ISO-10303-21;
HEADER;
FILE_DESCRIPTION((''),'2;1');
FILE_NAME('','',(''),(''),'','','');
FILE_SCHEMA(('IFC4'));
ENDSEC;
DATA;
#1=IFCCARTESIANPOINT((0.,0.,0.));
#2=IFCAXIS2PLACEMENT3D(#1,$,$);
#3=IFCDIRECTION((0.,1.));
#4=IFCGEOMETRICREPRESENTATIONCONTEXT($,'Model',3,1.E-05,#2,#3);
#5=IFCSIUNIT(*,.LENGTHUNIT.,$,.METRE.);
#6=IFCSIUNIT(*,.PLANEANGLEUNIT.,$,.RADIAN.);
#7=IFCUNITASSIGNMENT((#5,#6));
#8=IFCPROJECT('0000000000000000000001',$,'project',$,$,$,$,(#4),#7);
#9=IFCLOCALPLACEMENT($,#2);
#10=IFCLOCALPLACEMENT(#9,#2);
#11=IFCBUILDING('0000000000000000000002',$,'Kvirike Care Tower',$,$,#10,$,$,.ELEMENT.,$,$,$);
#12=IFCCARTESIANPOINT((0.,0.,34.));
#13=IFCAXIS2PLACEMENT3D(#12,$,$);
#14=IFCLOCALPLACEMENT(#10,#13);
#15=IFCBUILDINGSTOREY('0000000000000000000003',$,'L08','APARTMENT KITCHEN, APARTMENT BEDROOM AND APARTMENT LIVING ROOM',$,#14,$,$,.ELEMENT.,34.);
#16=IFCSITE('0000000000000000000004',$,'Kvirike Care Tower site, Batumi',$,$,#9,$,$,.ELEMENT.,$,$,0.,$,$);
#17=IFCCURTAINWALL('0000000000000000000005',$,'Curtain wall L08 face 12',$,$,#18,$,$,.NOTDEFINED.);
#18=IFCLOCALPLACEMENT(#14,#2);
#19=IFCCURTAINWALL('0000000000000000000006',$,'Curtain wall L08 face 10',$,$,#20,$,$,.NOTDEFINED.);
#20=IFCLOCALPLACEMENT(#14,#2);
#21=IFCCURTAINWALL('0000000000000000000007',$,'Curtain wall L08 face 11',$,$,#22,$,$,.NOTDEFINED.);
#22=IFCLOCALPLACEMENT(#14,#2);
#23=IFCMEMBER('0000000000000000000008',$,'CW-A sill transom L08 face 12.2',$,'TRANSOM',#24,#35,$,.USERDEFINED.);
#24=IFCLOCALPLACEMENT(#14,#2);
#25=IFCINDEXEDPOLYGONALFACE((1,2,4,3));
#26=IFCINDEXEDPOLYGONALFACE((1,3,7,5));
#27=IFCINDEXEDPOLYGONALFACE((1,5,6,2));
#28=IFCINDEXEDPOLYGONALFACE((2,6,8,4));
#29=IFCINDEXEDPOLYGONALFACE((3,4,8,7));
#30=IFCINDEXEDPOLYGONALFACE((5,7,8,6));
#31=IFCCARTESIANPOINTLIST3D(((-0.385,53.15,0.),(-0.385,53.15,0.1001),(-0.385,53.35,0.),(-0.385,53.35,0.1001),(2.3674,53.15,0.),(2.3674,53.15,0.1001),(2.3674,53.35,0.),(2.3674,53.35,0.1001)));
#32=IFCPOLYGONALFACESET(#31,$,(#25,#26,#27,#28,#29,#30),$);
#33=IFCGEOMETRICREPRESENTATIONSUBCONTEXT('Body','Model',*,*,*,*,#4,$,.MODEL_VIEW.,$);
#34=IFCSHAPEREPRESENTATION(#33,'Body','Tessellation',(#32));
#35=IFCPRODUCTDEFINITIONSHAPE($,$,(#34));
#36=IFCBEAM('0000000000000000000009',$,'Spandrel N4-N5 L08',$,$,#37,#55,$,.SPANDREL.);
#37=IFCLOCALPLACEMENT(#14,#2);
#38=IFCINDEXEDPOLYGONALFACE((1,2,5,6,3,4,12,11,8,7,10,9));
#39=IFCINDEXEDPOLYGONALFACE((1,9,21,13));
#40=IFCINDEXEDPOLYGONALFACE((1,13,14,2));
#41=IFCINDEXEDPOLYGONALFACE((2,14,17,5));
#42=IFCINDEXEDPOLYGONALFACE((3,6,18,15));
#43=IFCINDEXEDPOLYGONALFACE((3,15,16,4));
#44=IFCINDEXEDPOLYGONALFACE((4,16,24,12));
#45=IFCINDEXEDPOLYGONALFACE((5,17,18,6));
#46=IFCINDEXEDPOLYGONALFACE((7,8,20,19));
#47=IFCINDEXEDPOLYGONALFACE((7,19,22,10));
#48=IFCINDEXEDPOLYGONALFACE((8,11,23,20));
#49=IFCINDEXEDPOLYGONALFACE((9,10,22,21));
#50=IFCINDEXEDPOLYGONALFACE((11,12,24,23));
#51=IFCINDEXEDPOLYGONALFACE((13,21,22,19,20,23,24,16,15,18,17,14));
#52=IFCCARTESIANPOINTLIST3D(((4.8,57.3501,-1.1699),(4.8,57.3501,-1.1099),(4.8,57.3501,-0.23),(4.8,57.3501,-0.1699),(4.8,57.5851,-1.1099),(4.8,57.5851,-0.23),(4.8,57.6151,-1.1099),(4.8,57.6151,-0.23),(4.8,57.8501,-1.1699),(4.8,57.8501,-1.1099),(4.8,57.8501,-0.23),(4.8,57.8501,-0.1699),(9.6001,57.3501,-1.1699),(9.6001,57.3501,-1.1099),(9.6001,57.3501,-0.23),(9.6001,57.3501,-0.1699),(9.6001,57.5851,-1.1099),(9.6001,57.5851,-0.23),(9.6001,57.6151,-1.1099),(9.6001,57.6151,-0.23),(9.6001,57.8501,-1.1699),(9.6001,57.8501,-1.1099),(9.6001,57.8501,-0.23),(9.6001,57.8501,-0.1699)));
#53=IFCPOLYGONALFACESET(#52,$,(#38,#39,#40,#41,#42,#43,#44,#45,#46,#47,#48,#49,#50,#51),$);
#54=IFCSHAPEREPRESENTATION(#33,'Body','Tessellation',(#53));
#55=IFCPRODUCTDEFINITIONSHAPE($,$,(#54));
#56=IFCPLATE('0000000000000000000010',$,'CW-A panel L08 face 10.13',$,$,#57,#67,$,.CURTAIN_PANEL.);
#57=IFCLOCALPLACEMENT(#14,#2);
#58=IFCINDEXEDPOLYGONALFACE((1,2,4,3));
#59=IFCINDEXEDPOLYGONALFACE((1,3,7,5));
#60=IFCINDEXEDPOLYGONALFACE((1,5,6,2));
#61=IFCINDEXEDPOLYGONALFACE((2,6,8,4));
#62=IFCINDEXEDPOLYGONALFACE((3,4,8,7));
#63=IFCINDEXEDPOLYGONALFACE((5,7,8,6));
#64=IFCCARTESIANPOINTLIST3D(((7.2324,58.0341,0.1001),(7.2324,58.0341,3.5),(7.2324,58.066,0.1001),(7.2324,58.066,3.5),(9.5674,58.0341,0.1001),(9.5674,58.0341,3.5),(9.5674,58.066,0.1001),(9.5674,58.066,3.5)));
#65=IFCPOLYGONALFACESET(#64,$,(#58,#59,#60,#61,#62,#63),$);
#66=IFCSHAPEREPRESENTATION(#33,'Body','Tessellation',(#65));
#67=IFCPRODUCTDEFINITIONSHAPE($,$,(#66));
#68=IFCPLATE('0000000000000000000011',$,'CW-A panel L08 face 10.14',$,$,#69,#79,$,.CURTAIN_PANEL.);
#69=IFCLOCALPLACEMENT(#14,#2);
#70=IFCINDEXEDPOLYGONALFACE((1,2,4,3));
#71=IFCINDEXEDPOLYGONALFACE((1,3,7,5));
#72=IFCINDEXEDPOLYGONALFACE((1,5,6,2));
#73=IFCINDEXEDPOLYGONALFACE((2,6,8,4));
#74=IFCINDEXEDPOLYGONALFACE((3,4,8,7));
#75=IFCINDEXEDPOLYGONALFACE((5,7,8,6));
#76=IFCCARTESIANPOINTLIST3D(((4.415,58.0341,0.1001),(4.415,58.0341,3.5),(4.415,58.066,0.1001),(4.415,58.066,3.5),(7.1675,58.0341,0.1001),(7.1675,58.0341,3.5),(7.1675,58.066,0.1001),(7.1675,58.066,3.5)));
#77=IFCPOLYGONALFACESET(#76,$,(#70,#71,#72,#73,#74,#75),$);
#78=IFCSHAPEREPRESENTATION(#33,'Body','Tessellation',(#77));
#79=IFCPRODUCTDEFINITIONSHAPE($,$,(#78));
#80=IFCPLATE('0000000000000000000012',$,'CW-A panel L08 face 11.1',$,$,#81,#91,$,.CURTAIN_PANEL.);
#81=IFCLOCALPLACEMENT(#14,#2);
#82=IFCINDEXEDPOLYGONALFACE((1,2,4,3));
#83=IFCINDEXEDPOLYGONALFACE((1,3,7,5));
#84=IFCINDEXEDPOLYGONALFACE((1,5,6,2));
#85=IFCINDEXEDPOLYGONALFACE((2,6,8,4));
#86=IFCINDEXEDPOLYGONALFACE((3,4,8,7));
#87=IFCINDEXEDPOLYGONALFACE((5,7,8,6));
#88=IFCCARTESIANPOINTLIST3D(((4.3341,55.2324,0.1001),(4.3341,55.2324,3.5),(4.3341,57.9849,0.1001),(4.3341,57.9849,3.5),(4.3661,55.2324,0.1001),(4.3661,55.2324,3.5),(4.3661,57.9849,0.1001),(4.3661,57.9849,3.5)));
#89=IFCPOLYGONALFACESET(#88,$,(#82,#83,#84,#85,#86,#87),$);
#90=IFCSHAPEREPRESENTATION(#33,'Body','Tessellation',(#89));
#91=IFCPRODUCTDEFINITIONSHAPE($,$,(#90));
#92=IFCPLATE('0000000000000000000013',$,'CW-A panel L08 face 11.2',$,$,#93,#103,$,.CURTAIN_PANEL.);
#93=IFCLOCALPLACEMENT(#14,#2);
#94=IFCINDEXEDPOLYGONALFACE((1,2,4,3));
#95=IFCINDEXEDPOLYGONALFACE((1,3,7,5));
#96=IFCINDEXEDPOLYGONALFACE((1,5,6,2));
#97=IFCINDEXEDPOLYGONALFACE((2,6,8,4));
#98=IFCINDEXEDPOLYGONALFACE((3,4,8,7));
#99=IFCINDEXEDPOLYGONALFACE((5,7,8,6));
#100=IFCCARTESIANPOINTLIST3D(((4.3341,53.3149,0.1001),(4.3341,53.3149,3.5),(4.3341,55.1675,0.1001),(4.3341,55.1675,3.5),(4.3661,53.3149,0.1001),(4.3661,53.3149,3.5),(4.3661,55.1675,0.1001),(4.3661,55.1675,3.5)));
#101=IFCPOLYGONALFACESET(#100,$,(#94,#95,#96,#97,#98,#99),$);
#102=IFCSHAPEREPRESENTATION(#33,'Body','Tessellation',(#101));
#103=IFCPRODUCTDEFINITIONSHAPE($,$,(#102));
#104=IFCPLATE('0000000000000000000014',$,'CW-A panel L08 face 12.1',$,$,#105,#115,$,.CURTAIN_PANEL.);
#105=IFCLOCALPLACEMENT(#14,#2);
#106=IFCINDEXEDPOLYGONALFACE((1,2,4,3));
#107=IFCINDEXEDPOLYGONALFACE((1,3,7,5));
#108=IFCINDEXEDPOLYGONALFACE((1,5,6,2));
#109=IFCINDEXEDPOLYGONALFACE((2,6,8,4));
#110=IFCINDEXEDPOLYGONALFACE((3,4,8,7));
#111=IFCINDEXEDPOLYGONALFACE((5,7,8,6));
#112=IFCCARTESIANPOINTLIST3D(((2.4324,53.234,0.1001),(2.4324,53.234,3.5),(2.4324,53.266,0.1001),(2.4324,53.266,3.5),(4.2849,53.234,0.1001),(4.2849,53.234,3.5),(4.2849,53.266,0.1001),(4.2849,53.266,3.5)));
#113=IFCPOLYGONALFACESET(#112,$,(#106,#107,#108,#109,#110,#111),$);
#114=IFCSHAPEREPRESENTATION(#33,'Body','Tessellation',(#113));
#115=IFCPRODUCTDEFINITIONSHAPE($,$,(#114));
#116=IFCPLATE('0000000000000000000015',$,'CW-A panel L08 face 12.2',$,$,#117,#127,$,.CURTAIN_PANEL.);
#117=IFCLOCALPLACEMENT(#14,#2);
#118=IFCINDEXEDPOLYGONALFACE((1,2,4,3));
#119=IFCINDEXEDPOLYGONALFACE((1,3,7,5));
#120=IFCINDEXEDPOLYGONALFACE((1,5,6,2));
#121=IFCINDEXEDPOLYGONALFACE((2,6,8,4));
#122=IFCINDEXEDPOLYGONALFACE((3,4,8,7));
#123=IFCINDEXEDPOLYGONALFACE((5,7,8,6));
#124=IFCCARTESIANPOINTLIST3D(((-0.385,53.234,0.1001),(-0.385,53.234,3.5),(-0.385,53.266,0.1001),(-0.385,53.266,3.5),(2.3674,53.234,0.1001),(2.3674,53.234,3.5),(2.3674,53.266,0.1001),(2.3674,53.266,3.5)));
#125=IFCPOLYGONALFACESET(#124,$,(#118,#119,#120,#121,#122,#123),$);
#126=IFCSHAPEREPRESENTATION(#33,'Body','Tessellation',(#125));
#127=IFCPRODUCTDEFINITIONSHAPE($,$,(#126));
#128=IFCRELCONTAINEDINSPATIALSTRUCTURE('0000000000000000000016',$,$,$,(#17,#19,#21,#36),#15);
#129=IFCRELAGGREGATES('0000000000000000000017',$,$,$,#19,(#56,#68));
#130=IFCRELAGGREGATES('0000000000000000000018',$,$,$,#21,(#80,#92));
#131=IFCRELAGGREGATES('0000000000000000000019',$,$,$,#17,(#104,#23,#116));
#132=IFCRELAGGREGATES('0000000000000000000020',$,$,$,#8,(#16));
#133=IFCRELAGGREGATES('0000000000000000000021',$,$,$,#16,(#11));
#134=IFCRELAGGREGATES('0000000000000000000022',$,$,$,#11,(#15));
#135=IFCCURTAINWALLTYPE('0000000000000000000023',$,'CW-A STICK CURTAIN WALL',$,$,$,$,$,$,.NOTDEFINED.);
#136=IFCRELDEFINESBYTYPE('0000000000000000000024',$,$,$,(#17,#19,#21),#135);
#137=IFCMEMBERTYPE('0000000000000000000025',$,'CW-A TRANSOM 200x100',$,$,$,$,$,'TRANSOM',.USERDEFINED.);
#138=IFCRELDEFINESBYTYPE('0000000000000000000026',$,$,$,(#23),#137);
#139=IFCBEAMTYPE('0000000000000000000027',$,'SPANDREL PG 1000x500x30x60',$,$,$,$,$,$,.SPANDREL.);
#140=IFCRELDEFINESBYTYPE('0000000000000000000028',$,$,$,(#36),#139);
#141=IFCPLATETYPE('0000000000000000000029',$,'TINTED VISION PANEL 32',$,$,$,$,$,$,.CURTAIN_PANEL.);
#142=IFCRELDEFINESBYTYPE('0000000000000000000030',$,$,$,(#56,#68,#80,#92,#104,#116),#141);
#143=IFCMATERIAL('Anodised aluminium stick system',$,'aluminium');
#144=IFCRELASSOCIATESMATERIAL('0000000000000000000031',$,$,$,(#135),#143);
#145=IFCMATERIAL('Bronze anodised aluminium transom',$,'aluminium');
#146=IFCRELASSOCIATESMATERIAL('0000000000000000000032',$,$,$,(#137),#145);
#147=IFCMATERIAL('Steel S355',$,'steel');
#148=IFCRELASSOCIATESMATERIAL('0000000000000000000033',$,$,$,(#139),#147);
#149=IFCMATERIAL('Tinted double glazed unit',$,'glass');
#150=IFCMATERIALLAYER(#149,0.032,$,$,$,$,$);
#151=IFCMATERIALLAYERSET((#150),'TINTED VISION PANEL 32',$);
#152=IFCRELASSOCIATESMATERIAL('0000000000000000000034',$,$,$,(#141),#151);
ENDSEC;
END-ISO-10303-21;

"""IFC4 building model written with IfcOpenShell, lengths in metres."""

from ifc_helpers import new_model, si_unit, direction, frame, origin, origin_2d, place, context, subcontext, project, spatial, rectangle, i_section, extrude, material, layer, layer_set, material_profile, profile_set, type_object, element, aggregate, save


model = new_model("IFC4")

# Units and contexts
model_context = context("Model", 3, precision=1e-05, world=origin(), true_north=direction((0.0, 1.0)))
body_context = subcontext(model_context, "Body", "Model", "MODEL_VIEW")
ifc_project = project(units=[si_unit("LENGTHUNIT", "METRE"), si_unit("PLANEANGLEUNIT", "RADIAN")], contexts=[model_context])

# Site, building, storey
site_placement = place(None, origin())
site = spatial("IfcSite", under=ifc_project, at=site_placement, Name="Kvirike Care Tower site, Batumi", CompositionType="ELEMENT", RefElevation=0.0)
building_placement = place(site_placement, origin())
building = spatial("IfcBuilding", under=site, at=building_placement, Name="Kvirike Care Tower", CompositionType="ELEMENT")
storey_placement = place(building_placement, frame((0.0, 0.0, 34.0)))
storey = spatial("IfcBuildingStorey", under=building, at=storey_placement, Name="L08", Description="APARTMENT KITCHEN, APARTMENT BEDROOM AND APARTMENT LIVING ROOM", CompositionType="ELEMENT", Elevation=34.0)

# Curtain wall
ifc_material_1 = material(Name="Anodised aluminium stick system", Category="aluminium")
curtain_wall_type = type_object("IfcCurtainWallType", Name="CW-A STICK CURTAIN WALL", PredefinedType="NOTDEFINED", material=ifc_material_1)
curtain_wall_1_placement = place(storey_placement, origin())
curtain_wall_1 = element("IfcCurtainWall", 1, at=curtain_wall_1_placement, inside=storey, type_object=curtain_wall_type, Name="Curtain wall L08 face 12", PredefinedType="NOTDEFINED")

# Curtain walls
curtain_wall_2_placement = place(storey_placement, origin())
curtain_wall_2 = element("IfcCurtainWall", 2, at=curtain_wall_2_placement, inside=storey, type_object=curtain_wall_type, Name="Curtain wall L08 face 10", PredefinedType="NOTDEFINED")
curtain_wall_3_placement = place(storey_placement, origin())
curtain_wall_3 = element("IfcCurtainWall", 3, at=curtain_wall_3_placement, inside=storey, type_object=curtain_wall_type, Name="Curtain wall L08 face 11", PredefinedType="NOTDEFINED")

# Member
ifc_material_2 = material(Name="Bronze anodised aluminium transom", Category="aluminium")
ifc_material_profile_1 = material_profile(ifc_material_2, rectangle(XDim=0.2, YDim=0.1001, at=origin_2d()), Name="CW-A TRANSOM 200x100")
ifc_profile_set_1 = profile_set([ifc_material_profile_1], Name="Bronze anodised aluminium transom")
member_type_1 = type_object("IfcMemberType", Name="CW-A TRANSOM 200x100", ElementType="TRANSOM", PredefinedType="USERDEFINED", material=ifc_profile_set_1)
member_1_placement = place(storey_placement, frame((2.3674, 53.25, 0.05), z_axis=(-1.0, 0.0, 0.0), x_axis=(0.0, -1.0, 0.0)))
member_1 = element("IfcMember", 4, at=member_1_placement, type_object=member_type_1, Name="CW-A sill transom L08 face 12.2", ObjectType="TRANSOM", PredefinedType="USERDEFINED", context=body_context, shape_type="SweptSolid", body=[
    extrude(rectangle(XDim=0.2, YDim=0.1001, at=origin_2d()), origin(), (0.0, 0.0, 1.0), 2.7524),
])

# Beam
ifc_material_3 = material(Name="Steel S355", Category="steel")
ifc_material_profile_2 = material_profile(ifc_material_3, i_section(OverallWidth=0.5, OverallDepth=1.0, WebThickness=0.03, FlangeThickness=0.0601, at=origin_2d()), Name="PG 1000x500x30x60")
ifc_profile_set_2 = profile_set([ifc_material_profile_2], Name="Steel S355")
beam_type = type_object("IfcBeamType", Name="SPANDREL PG 1000x500x30x60", PredefinedType="SPANDREL", material=ifc_profile_set_2)
beam_placement = place(storey_placement, frame((4.8, 57.6001, -0.6699), z_axis=(1.0, 0.0, 0.0), x_axis=(0.0, 1.0, 0.0)))
element("IfcBeam", 5, at=beam_placement, inside=storey, type_object=beam_type, Name="Spandrel N4-N5 L08", PredefinedType="SPANDREL", context=body_context, shape_type="SweptSolid", body=[
    extrude(i_section(OverallWidth=0.5, OverallDepth=1.0, WebThickness=0.03, FlangeThickness=0.0601, at=origin_2d()), origin(), (0.0, 0.0, 1.0), 4.8),
])

# Plates
ifc_material_4 = material(Name="Tinted double glazed unit", Category="glass")
ifc_layer = layer(ifc_material_4, 0.032)
ifc_layer_set = layer_set([ifc_layer], Name="TINTED VISION PANEL 32")
plate_type = type_object("IfcPlateType", Name="TINTED VISION PANEL 32", PredefinedType="CURTAIN_PANEL", material=ifc_layer_set)
plate_1_placement = place(storey_placement, frame((8.3999, 58.05, 0.1001), z_axis=(0.0, 0.0, 1.0), x_axis=(-1.0, 0.0, 0.0)))
plate_1 = element("IfcPlate", 6, at=plate_1_placement, type_object=plate_type, Name="CW-A panel L08 face 10.13", PredefinedType="CURTAIN_PANEL", context=body_context, shape_type="SweptSolid", body=[
    extrude(rectangle(XDim=2.335, YDim=0.032, at=origin_2d()), origin(), (0.0, 0.0, 1.0), 3.3999),
])
plate_2_placement = place(storey_placement, frame((5.7913, 58.05, 0.1001), z_axis=(0.0, 0.0, 1.0), x_axis=(-1.0, 0.0, 0.0)))
plate_2 = element("IfcPlate", 7, at=plate_2_placement, type_object=plate_type, Name="CW-A panel L08 face 10.14", PredefinedType="CURTAIN_PANEL", context=body_context, shape_type="SweptSolid", body=[
    extrude(rectangle(XDim=2.7524, YDim=0.032, at=origin_2d()), origin(), (0.0, 0.0, 1.0), 3.3999),
])
aggregate(curtain_wall_2, [plate_1, plate_2])
plate_3_placement = place(storey_placement, frame((4.3501, 56.6086, 0.1001), z_axis=(0.0, 0.0, 1.0), x_axis=(0.0, -1.0, 0.0)))
plate_3 = element("IfcPlate", 8, at=plate_3_placement, type_object=plate_type, Name="CW-A panel L08 face 11.1", PredefinedType="CURTAIN_PANEL", context=body_context, shape_type="SweptSolid", body=[
    extrude(rectangle(XDim=2.7524, YDim=0.032, at=origin_2d()), origin(), (0.0, 0.0, 1.0), 3.3999),
])
plate_4_placement = place(storey_placement, frame((4.3501, 54.2412, 0.1001), z_axis=(0.0, 0.0, 1.0), x_axis=(0.0, -1.0, 0.0)))
plate_4 = element("IfcPlate", 9, at=plate_4_placement, type_object=plate_type, Name="CW-A panel L08 face 11.2", PredefinedType="CURTAIN_PANEL", context=body_context, shape_type="SweptSolid", body=[
    extrude(rectangle(XDim=1.8525, YDim=0.032, at=origin_2d()), origin(), (0.0, 0.0, 1.0), 3.3999),
])
aggregate(curtain_wall_3, [plate_3, plate_4])
plate_5_placement = place(storey_placement, frame((3.3586, 53.25, 0.1001), z_axis=(0.0, 0.0, 1.0), x_axis=(-1.0, 0.0, 0.0)))
plate_5 = element("IfcPlate", 10, at=plate_5_placement, type_object=plate_type, Name="CW-A panel L08 face 12.1", PredefinedType="CURTAIN_PANEL", context=body_context, shape_type="SweptSolid", body=[
    extrude(rectangle(XDim=1.8525, YDim=0.032, at=origin_2d()), origin(), (0.0, 0.0, 1.0), 3.3999),
])
plate_6_placement = place(storey_placement, frame((0.9912, 53.25, 0.1001), z_axis=(0.0, 0.0, 1.0), x_axis=(-1.0, 0.0, 0.0)))
plate_6 = element("IfcPlate", 11, at=plate_6_placement, type_object=plate_type, Name="CW-A panel L08 face 12.2", PredefinedType="CURTAIN_PANEL", context=body_context, shape_type="SweptSolid", body=[
    extrude(rectangle(XDim=2.7524, YDim=0.032, at=origin_2d()), origin(), (0.0, 0.0, 1.0), 3.3999),
])
aggregate(curtain_wall_1, [plate_5, member_1, plate_6])

save(model, "model.ifc")
